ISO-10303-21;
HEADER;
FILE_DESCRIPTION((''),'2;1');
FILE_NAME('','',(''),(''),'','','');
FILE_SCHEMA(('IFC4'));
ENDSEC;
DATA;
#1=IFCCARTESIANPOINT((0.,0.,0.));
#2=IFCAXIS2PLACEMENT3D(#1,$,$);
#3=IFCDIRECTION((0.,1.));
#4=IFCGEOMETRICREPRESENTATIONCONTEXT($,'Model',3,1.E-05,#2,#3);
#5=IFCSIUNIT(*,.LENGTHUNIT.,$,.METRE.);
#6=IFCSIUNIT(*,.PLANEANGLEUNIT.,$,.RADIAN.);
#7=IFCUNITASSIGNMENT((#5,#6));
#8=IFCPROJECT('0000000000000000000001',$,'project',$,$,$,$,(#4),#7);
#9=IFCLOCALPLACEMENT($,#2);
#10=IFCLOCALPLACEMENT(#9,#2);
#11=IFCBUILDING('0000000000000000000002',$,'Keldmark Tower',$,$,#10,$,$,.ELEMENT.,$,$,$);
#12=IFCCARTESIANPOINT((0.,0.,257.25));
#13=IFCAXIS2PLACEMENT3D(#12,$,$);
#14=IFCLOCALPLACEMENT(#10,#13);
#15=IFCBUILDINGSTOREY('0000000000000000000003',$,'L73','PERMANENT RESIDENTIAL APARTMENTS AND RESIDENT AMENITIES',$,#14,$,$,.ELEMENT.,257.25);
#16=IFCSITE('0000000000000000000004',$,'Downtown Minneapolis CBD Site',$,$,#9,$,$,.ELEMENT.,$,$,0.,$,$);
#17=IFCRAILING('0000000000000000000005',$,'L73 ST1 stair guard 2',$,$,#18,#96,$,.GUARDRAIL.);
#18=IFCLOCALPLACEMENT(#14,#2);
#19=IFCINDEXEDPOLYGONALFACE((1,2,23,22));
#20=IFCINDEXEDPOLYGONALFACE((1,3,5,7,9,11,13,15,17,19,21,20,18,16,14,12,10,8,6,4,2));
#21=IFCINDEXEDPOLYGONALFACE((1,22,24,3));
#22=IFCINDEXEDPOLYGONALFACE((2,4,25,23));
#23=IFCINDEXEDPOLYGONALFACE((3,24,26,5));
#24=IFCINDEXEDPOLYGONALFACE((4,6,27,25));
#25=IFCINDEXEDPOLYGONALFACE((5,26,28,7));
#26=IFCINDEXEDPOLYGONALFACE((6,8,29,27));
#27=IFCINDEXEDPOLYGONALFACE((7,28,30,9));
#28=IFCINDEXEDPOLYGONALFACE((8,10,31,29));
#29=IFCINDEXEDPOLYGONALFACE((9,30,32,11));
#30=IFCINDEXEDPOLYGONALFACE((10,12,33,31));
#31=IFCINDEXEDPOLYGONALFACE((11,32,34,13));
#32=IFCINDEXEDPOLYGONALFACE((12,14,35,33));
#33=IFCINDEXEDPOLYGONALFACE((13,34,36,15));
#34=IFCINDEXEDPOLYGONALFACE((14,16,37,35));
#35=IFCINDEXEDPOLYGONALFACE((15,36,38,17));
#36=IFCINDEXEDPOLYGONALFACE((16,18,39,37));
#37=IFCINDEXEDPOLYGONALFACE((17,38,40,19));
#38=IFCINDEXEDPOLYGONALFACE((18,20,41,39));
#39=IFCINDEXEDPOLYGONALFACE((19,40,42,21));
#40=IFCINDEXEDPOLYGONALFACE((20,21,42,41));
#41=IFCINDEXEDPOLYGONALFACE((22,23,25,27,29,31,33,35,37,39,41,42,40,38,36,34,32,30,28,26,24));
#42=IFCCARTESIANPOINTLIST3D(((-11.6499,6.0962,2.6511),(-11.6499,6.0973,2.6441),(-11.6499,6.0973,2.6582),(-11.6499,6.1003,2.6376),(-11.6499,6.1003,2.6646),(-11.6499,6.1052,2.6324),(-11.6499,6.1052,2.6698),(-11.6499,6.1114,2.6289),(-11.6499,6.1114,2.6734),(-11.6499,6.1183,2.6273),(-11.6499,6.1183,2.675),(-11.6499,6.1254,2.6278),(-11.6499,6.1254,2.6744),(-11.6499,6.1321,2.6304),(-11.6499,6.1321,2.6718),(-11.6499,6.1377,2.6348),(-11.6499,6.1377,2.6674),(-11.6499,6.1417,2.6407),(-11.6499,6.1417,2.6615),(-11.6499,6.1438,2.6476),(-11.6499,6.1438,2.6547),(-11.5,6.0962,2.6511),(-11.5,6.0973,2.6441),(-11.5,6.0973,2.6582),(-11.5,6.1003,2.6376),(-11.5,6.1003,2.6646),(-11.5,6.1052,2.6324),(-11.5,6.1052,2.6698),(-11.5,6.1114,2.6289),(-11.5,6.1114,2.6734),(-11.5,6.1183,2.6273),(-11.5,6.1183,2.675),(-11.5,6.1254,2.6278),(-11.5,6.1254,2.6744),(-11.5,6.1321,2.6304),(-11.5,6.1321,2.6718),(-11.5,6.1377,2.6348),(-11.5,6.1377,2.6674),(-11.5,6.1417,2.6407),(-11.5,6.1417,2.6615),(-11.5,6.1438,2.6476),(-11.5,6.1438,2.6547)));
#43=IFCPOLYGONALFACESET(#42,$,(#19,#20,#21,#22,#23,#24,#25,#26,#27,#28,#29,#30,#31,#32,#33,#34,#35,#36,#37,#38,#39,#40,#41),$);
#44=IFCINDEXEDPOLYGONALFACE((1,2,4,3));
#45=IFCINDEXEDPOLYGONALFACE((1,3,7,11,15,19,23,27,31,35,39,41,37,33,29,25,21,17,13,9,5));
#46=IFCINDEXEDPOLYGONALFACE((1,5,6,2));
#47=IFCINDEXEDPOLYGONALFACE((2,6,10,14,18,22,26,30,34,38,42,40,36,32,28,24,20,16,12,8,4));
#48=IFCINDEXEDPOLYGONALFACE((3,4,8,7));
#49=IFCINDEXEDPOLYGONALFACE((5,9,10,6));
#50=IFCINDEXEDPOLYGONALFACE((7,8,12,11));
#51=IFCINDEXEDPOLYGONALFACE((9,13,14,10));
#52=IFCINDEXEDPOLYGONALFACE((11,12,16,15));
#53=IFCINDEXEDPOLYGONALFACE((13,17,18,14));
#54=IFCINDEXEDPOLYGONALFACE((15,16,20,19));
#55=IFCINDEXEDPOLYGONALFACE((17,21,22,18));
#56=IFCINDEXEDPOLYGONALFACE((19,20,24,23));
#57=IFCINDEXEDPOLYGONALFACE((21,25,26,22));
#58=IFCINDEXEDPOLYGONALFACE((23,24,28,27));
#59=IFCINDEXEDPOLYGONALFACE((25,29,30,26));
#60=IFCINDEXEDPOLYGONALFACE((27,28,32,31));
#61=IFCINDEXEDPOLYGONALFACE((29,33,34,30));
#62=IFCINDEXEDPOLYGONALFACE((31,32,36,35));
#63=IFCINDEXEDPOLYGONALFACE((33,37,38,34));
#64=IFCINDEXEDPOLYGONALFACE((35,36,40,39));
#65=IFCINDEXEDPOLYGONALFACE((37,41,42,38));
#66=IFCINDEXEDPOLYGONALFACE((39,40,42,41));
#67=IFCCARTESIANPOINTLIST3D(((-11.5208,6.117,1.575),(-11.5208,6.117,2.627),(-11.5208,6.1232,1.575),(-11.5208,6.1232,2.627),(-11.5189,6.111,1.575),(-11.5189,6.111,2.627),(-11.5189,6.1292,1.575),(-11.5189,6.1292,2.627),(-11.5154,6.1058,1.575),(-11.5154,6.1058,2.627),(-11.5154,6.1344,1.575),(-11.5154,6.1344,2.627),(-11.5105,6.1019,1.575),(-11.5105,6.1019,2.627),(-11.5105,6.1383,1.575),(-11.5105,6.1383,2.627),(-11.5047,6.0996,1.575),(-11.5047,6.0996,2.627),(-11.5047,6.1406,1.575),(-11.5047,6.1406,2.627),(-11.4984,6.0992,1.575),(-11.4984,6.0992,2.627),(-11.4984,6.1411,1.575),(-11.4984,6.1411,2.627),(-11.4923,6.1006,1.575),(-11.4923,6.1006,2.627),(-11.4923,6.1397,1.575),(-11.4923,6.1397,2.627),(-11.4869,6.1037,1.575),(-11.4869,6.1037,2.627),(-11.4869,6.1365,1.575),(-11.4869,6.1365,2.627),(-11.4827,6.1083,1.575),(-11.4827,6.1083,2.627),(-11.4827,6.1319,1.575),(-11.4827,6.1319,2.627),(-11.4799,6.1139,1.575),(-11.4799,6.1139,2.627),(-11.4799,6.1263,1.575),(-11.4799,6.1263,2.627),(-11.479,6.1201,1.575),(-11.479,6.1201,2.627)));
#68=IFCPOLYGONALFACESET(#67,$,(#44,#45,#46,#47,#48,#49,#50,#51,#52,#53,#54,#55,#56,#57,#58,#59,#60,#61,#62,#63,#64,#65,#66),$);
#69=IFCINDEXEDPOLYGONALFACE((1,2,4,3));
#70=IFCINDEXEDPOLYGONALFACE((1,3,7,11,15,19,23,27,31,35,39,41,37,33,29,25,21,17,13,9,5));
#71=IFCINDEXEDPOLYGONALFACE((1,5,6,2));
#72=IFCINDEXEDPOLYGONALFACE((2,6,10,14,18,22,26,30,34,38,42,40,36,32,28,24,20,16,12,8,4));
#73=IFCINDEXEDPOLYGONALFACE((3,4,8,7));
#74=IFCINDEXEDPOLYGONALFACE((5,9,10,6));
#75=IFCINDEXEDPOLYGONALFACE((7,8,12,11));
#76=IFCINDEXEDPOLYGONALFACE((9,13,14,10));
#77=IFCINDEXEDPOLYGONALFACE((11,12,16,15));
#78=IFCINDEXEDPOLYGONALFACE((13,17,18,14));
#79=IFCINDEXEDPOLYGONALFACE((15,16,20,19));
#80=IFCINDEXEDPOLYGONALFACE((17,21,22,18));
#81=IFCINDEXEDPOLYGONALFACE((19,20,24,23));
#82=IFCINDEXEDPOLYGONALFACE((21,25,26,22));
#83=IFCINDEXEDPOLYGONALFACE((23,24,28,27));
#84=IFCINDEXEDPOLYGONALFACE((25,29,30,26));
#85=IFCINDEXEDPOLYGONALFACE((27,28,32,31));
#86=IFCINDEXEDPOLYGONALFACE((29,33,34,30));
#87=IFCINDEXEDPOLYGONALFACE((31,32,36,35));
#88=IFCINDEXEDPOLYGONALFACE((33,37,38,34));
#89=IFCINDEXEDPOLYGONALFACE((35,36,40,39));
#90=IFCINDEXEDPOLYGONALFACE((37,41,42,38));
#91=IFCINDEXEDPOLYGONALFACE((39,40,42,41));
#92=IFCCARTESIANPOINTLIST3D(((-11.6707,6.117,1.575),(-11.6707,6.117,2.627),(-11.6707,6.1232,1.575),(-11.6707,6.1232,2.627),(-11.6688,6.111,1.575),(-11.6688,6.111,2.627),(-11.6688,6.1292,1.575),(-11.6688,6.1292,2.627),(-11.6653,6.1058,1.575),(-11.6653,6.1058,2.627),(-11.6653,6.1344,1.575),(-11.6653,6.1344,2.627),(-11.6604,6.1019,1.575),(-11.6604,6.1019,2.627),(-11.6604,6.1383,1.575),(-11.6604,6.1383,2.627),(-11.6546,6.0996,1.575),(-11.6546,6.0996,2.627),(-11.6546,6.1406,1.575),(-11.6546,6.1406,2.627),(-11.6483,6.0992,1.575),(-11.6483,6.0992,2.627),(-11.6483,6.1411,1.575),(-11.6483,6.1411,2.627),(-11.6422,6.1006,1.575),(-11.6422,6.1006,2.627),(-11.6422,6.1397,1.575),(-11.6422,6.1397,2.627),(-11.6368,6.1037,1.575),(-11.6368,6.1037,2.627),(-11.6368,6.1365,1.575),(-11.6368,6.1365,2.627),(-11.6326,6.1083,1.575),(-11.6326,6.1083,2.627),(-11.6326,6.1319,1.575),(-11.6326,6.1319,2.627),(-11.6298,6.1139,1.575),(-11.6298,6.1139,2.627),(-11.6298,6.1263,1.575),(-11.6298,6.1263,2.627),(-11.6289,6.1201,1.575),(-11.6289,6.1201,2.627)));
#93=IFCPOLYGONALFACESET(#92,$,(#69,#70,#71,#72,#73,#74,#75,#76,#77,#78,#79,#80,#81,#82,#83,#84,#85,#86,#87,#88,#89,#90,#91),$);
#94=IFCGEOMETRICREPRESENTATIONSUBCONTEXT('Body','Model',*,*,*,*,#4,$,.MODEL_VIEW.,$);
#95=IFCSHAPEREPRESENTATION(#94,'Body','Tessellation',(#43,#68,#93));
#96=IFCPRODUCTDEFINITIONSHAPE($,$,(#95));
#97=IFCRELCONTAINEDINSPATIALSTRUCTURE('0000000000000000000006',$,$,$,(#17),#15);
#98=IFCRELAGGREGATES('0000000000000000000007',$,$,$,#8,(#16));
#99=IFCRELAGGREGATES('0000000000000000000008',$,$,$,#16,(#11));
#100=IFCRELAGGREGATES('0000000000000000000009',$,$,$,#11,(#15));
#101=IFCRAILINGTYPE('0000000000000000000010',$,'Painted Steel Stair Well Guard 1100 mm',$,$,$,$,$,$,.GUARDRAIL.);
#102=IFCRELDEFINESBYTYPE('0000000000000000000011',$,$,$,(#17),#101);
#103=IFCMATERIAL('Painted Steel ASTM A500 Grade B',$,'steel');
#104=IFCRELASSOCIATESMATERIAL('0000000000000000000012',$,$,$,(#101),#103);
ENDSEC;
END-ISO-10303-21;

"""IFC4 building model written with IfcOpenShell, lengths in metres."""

from ifc_helpers import new_model, si_unit, direction, frame, origin, origin_2d, place, context, subcontext, project, spatial, circle, extrude, material, type_object, element, save


model = new_model("IFC4")

# Units and contexts
model_context = context("Model", 3, precision=1e-05, world=origin(), true_north=direction((0.0, 1.0)))
body_context = subcontext(model_context, "Body", "Model", "MODEL_VIEW")
ifc_project = project(units=[si_unit("LENGTHUNIT", "METRE"), si_unit("PLANEANGLEUNIT", "RADIAN")], contexts=[model_context])

# Site, building, storey
site_placement = place(None, origin())
site = spatial("IfcSite", under=ifc_project, at=site_placement, Name="Downtown Minneapolis CBD Site", CompositionType="ELEMENT", RefElevation=0.0)
building_placement = place(site_placement, origin())
building = spatial("IfcBuilding", under=site, at=building_placement, Name="Keldmark Tower", CompositionType="ELEMENT")
storey_placement = place(building_placement, frame((0.0, 0.0, 257.25)))
storey = spatial("IfcBuildingStorey", under=building, at=storey_placement, Name="L73", Description="PERMANENT RESIDENTIAL APARTMENTS AND RESIDENT AMENITIES", CompositionType="ELEMENT", Elevation=257.25)

# Railing
ifc_material_1 = material(Name="Painted Steel ASTM A500 Grade B", Category="steel")
railing_type_1 = type_object("IfcRailingType", Name="Painted Steel Stair Well Guard 1100 mm", PredefinedType="GUARDRAIL", material=ifc_material_1)
railing_1_placement = place(storey_placement, frame((-11.5, 6.1201, 1.575)))
element("IfcRailing", 1, at=railing_1_placement, inside=storey, type_object=railing_type_1, Name="L73 ST1 stair guard 2", PredefinedType="GUARDRAIL", context=body_context, shape_type="SweptSolid", body=[
    extrude(circle(Radius=0.0239, at=origin_2d()), frame((0.0, 0.0, 1.0762), z_axis=(-1.0, 0.0, 0.0), x_axis=(0.0, -1.0, 0.0)), (0.0, 0.0, 1.0), 0.1499),
    extrude(circle(Radius=0.021, at=origin_2d()), origin(), (0.0, 0.0, 1.0), 1.052),
    extrude(circle(Radius=0.021, at=origin_2d()), frame((-0.1499, 0.0, 0.0)), (0.0, 0.0, 1.0), 1.052),
])

save(model, "model.ifc")
